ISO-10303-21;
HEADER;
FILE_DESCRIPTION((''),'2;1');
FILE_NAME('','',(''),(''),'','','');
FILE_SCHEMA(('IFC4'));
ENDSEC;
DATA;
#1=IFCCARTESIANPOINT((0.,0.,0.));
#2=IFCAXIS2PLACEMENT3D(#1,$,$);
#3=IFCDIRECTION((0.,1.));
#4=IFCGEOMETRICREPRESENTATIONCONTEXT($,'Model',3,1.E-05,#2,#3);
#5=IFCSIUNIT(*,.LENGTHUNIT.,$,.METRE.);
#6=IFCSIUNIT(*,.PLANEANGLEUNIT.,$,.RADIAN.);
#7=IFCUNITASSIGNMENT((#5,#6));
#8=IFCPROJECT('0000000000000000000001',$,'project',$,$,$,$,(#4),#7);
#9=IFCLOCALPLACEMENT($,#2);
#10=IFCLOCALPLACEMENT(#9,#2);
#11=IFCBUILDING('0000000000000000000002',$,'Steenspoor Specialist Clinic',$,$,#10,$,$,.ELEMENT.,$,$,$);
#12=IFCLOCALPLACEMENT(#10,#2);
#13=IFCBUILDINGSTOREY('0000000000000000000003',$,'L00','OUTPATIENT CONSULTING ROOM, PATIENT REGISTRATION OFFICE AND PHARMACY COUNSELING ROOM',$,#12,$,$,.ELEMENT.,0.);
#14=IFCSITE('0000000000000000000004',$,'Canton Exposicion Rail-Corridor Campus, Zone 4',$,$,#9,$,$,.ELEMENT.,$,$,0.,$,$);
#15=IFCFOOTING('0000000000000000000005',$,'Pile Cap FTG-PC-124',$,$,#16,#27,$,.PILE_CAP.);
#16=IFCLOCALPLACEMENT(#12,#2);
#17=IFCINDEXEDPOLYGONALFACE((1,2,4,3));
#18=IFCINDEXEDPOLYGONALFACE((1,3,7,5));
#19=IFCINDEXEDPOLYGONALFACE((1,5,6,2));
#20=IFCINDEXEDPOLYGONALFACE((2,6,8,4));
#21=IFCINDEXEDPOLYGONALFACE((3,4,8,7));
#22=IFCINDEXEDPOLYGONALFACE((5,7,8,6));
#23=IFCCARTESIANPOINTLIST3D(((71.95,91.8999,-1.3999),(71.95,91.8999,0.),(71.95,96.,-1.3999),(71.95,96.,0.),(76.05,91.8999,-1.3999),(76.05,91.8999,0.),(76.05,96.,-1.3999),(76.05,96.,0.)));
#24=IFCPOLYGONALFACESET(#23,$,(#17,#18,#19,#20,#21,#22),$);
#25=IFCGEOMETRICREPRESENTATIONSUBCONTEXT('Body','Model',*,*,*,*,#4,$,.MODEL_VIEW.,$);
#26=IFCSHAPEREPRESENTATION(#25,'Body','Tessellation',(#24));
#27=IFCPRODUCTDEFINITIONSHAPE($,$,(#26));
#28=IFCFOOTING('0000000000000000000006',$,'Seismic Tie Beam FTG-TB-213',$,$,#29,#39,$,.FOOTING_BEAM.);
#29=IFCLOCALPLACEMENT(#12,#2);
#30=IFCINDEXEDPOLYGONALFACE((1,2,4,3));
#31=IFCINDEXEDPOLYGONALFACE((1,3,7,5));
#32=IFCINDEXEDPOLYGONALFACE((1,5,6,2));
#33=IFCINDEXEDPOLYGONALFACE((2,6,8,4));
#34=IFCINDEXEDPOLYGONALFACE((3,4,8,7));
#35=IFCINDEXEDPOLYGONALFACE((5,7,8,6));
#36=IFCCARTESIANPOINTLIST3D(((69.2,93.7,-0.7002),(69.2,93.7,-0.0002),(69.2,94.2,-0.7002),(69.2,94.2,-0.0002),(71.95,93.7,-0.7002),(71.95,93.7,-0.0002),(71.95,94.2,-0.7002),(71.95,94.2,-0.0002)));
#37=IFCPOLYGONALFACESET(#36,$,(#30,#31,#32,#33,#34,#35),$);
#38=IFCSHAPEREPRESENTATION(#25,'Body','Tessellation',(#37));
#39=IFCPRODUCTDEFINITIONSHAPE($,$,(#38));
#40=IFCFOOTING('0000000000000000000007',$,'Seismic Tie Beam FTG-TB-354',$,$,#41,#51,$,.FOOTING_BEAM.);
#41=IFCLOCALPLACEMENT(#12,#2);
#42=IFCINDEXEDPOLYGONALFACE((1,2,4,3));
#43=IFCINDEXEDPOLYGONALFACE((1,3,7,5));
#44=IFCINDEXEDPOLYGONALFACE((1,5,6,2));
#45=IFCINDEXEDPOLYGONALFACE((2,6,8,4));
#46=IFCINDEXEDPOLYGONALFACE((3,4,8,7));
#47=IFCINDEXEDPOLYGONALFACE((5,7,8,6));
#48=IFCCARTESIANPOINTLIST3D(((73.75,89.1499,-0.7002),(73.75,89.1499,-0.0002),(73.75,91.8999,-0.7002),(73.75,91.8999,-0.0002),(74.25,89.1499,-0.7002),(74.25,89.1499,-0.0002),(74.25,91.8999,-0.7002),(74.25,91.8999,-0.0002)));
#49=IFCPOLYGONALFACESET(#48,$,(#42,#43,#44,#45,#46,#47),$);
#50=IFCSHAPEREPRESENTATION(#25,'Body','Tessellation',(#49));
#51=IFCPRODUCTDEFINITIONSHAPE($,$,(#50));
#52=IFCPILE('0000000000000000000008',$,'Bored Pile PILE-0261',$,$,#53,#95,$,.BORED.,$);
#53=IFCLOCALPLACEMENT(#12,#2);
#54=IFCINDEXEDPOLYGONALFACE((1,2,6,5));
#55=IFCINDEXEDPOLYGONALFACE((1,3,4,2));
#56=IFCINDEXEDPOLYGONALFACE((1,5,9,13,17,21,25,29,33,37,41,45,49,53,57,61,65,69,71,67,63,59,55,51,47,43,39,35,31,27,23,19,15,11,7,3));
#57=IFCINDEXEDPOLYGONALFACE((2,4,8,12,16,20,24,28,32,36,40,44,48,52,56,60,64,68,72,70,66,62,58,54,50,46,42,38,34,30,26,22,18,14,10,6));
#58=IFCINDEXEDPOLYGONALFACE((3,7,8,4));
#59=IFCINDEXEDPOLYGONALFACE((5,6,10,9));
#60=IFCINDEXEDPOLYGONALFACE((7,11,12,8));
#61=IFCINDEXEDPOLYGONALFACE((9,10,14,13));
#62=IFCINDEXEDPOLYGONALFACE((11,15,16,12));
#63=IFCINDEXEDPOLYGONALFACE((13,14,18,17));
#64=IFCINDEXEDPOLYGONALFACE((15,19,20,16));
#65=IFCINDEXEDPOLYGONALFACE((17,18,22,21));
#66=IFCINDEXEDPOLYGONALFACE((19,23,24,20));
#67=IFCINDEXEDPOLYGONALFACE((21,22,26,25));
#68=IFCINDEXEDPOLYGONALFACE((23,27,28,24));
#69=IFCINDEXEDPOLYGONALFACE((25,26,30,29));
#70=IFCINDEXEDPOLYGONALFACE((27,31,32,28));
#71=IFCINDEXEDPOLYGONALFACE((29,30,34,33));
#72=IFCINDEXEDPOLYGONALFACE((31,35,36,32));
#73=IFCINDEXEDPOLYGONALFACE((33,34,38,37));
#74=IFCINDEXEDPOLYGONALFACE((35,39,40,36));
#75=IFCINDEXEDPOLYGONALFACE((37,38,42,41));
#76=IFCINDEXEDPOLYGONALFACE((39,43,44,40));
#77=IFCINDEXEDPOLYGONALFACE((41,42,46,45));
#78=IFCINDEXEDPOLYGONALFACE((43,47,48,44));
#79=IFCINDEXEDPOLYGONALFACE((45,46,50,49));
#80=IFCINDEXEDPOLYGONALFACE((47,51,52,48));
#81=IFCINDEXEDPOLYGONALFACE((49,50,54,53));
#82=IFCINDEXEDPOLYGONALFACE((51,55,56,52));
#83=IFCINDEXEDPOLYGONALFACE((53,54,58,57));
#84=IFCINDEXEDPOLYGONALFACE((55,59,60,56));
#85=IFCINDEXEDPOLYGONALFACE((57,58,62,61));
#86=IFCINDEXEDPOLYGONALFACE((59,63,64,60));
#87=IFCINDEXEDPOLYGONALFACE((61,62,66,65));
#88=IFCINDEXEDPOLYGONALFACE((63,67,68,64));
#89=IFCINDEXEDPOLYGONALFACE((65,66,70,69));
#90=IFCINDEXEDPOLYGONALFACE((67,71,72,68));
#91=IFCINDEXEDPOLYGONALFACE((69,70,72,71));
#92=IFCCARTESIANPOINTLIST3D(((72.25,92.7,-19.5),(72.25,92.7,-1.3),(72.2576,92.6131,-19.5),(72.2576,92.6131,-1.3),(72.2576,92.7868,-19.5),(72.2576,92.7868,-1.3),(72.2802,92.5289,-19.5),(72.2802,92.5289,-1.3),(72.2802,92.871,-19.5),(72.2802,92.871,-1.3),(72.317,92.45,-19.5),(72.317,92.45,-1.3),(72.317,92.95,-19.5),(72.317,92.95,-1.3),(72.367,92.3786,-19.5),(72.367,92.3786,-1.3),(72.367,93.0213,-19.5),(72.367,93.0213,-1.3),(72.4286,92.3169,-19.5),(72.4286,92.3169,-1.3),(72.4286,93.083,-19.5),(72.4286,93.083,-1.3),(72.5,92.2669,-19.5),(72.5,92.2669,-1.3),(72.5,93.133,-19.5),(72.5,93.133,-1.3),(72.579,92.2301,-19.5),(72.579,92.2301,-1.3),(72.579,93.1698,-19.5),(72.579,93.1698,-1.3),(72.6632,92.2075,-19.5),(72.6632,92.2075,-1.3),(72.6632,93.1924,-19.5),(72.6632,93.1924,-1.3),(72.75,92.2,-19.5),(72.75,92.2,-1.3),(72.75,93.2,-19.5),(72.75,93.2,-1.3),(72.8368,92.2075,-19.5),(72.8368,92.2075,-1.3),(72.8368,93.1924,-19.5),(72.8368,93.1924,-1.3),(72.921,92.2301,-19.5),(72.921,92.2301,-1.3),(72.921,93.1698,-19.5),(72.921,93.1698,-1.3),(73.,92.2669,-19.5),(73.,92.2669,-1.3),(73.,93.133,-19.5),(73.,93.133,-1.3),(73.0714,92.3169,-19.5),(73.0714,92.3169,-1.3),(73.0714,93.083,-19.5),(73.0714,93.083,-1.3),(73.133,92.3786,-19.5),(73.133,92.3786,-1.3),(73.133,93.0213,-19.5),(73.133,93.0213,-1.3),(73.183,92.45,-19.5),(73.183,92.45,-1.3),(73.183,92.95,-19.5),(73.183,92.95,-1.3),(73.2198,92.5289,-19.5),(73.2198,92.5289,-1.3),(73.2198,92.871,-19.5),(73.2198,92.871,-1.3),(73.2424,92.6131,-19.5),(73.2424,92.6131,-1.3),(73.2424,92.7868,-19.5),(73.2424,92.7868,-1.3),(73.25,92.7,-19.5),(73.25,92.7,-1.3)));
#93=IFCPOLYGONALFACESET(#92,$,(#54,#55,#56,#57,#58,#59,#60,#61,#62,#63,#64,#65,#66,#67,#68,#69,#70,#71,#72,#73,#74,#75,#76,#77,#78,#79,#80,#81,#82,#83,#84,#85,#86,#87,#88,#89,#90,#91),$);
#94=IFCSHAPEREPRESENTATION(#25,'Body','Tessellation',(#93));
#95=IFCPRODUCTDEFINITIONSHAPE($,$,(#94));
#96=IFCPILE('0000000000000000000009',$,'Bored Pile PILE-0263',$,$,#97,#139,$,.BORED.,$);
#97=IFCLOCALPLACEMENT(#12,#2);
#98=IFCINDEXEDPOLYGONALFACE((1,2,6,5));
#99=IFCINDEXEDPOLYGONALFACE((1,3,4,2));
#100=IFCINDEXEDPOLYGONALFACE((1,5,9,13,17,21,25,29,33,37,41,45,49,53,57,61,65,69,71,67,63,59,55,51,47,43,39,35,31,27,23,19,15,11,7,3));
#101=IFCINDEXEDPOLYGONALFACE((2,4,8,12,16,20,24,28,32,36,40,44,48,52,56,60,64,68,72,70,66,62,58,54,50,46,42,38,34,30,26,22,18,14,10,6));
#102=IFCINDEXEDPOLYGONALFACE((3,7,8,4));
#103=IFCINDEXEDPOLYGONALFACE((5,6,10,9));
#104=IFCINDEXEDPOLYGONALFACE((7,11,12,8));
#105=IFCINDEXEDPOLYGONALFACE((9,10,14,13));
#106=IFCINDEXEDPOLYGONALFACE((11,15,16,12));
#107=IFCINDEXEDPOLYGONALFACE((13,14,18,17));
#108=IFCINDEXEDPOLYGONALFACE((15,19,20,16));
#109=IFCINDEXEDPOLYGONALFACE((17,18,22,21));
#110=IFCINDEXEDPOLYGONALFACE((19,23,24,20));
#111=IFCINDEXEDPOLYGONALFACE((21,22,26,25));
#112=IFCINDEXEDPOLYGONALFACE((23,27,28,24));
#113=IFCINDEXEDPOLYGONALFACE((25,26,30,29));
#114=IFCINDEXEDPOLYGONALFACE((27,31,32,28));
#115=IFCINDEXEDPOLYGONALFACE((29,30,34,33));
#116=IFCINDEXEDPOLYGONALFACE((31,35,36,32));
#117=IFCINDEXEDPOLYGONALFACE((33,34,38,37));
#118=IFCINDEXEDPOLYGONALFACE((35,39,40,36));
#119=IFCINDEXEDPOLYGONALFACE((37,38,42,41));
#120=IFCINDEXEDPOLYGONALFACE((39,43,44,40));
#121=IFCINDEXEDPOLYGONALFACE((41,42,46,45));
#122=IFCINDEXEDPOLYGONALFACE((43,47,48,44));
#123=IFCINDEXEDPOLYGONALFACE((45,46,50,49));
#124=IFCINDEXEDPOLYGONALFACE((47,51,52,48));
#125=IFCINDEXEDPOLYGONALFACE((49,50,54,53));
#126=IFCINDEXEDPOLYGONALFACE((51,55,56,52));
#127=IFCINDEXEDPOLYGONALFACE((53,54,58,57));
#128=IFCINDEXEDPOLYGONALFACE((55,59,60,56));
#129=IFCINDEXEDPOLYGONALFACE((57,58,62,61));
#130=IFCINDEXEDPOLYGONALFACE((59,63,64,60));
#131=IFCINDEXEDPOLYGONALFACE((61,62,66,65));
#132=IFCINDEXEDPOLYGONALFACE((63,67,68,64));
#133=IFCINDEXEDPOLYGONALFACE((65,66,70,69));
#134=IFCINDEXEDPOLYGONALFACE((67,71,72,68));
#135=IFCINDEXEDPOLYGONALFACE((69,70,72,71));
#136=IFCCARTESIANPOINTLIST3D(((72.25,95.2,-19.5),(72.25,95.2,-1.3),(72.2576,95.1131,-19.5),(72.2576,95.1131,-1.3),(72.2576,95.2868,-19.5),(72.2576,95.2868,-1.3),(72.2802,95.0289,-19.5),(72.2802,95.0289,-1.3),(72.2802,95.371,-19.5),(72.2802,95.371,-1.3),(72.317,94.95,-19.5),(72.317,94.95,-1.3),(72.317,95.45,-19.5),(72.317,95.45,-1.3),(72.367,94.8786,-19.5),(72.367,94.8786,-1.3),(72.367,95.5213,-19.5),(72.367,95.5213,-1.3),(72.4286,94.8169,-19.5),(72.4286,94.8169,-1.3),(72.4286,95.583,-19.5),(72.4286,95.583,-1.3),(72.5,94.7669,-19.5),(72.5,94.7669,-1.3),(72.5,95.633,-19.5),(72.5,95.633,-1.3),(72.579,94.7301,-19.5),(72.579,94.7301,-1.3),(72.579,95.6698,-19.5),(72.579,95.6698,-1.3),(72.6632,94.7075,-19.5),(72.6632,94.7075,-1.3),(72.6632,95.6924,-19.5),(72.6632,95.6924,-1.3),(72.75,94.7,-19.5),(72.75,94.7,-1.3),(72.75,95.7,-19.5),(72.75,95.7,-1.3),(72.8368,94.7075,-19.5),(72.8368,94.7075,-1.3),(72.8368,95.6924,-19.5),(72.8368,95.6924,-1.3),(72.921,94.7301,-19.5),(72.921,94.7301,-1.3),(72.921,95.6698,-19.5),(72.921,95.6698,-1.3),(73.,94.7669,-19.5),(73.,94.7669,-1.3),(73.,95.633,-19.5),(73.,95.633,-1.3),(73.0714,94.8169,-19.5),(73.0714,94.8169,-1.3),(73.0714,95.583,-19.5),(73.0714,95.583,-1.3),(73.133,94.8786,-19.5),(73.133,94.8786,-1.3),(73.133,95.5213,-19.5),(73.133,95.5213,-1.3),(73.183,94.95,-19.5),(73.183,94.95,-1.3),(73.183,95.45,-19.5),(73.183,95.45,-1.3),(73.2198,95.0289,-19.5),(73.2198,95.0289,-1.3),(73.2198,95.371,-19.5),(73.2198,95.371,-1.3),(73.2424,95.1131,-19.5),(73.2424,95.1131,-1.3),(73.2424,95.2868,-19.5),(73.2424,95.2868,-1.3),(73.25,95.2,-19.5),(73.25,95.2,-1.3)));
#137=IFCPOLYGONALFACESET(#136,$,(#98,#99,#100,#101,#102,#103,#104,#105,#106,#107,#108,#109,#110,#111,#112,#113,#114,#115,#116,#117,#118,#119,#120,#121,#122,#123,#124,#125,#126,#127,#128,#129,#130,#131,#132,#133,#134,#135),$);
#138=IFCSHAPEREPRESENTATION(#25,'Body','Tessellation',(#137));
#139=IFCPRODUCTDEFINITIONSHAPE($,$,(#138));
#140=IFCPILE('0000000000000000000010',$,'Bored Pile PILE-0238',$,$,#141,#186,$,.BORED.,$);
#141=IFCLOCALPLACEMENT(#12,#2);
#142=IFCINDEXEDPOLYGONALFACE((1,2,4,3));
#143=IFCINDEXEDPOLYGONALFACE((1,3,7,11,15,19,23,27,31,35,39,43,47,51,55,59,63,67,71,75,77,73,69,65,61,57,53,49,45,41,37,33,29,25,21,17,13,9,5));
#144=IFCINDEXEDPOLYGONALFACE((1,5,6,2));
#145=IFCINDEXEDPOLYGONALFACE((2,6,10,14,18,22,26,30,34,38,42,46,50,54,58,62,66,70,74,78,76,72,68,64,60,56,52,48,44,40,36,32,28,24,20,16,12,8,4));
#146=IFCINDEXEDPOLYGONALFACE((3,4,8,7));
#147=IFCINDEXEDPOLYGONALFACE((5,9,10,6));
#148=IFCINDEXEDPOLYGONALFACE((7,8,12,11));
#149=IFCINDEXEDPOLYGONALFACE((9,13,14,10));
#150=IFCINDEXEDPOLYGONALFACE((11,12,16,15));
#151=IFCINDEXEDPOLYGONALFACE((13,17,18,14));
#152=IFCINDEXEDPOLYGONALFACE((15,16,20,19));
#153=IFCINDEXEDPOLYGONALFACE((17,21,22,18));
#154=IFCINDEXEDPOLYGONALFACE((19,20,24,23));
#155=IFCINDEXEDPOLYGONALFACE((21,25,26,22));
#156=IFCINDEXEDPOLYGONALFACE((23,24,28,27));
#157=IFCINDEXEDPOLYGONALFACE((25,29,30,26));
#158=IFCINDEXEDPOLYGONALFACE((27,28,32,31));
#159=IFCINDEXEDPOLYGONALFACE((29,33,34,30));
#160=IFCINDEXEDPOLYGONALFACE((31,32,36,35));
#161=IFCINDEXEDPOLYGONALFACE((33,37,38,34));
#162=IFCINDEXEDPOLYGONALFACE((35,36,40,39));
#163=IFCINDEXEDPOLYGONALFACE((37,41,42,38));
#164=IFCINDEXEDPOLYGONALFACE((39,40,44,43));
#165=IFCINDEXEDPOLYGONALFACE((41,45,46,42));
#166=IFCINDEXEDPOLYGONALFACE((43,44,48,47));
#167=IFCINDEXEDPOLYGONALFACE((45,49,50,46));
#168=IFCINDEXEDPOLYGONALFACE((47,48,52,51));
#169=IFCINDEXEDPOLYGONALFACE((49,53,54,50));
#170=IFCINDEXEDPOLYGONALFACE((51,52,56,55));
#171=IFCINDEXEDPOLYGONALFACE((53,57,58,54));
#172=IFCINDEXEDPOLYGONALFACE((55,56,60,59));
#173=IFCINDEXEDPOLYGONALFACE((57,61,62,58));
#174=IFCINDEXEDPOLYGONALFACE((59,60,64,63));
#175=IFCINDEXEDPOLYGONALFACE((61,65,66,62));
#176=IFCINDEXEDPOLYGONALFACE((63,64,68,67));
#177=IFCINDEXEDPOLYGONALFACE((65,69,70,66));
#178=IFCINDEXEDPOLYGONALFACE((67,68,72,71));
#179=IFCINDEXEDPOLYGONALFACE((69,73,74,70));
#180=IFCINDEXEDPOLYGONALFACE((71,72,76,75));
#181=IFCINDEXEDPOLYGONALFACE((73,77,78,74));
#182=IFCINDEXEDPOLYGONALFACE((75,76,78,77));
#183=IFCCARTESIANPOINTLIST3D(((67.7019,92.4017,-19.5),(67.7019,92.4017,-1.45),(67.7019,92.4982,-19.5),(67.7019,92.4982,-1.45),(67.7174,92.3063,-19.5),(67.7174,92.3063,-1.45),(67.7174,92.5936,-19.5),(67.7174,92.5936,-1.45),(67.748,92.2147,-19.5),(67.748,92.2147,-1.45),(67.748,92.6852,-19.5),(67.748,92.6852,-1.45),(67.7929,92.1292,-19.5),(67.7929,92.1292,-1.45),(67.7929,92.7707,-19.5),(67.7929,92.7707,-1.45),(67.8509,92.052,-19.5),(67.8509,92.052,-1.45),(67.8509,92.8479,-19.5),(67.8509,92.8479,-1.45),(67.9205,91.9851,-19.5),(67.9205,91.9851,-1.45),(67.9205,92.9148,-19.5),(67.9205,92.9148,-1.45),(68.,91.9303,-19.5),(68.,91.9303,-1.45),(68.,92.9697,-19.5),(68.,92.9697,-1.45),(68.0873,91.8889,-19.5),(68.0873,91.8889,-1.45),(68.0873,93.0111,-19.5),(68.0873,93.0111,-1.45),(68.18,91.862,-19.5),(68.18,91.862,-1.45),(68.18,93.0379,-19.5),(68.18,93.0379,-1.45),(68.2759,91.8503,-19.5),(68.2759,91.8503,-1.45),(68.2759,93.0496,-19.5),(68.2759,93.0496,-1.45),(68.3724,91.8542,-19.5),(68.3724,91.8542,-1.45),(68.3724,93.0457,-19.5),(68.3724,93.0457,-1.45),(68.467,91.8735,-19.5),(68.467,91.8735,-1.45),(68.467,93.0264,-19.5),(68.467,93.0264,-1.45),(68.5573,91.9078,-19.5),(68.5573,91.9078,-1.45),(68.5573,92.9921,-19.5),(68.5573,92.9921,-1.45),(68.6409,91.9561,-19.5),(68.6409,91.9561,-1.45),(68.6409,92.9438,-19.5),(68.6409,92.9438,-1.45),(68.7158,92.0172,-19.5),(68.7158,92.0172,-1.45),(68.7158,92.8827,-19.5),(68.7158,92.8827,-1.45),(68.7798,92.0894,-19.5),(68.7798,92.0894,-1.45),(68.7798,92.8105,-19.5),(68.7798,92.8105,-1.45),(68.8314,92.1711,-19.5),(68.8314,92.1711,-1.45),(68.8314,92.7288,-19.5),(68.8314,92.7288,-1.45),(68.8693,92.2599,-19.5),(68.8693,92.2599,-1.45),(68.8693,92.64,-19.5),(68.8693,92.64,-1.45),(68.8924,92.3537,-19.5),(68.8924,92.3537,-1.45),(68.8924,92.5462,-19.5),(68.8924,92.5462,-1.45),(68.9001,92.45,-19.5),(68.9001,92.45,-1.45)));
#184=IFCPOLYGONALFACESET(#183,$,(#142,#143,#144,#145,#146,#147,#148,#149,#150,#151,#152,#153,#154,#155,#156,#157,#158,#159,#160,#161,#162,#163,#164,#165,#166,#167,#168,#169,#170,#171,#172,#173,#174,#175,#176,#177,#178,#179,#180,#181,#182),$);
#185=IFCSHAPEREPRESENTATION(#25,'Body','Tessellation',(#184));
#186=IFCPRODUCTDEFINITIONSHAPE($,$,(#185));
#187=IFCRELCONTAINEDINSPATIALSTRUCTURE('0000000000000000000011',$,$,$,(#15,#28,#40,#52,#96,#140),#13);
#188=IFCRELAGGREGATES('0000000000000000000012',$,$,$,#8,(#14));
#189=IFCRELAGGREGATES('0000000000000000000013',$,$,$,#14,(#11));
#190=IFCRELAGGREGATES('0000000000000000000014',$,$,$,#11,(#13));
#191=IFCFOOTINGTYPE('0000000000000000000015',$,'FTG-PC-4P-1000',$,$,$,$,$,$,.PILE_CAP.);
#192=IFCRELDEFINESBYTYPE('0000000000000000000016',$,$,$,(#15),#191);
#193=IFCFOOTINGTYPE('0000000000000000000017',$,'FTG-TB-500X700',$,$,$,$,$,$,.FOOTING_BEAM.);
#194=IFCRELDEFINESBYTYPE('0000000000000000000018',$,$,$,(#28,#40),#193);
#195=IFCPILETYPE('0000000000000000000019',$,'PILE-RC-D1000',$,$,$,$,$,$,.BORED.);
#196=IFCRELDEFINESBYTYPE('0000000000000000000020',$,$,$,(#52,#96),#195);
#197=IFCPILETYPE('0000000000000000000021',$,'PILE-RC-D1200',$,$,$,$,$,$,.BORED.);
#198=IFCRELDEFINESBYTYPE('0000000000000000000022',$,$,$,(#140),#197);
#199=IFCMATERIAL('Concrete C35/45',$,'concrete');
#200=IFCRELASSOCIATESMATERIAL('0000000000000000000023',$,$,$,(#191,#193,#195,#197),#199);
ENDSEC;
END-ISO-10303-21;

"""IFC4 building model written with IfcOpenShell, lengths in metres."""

from ifc_helpers import new_model, si_unit, direction, frame, origin, origin_2d, place, context, subcontext, project, spatial, rectangle, circle, extrude, material, material_profile, profile_set, type_object, element, save


model = new_model("IFC4")

# Units and contexts
model_context = context("Model", 3, precision=1e-05, world=origin(), true_north=direction((0.0, 1.0)))
body_context = subcontext(model_context, "Body", "Model", "MODEL_VIEW")
ifc_project = project(units=[si_unit("LENGTHUNIT", "METRE"), si_unit("PLANEANGLEUNIT", "RADIAN")], contexts=[model_context])

# Site, building, storey
site_placement = place(None, origin())
site = spatial("IfcSite", under=ifc_project, at=site_placement, Name="Canton Exposicion Rail-Corridor Campus, Zone 4", CompositionType="ELEMENT", RefElevation=0.0)
building_placement = place(site_placement, origin())
building = spatial("IfcBuilding", under=site, at=building_placement, Name="Steenspoor Specialist Clinic", CompositionType="ELEMENT")
storey_placement = place(building_placement, origin())
storey = spatial("IfcBuildingStorey", under=building, at=storey_placement, Name="L00", Description="OUTPATIENT CONSULTING ROOM, PATIENT REGISTRATION OFFICE AND PHARMACY COUNSELING ROOM", CompositionType="ELEMENT", Elevation=0.0)

# Footings
ifc_material_1 = material(Name="Concrete C35/45", Category="concrete")
footing_type_1 = type_object("IfcFootingType", Name="FTG-PC-4P-1000", PredefinedType="PILE_CAP", material=ifc_material_1)
footing_1_placement = place(storey_placement, frame((74.0, 93.95, -1.3999), z_axis=(0.0, 0.0, 1.0), x_axis=(1.0, 0.0, 0.0)))
element("IfcFooting", 1, at=footing_1_placement, inside=storey, type_object=footing_type_1, Name="Pile Cap FTG-PC-124", PredefinedType="PILE_CAP", context=body_context, shape_type="SweptSolid", body=[
    extrude(rectangle(XDim=4.1001, YDim=4.1001, at=origin_2d()), origin(), (0.0, 0.0, 1.0), 1.3999),
])
footing_type_2 = type_object("IfcFootingType", Name="FTG-TB-500X700", PredefinedType="FOOTING_BEAM", material=ifc_material_1)
footing_2_placement = place(storey_placement, frame((70.575, 93.95, -0.7002), z_axis=(0.0, 0.0, 1.0), x_axis=(1.0, 0.0, 0.0)))
element("IfcFooting", 2, at=footing_2_placement, inside=storey, type_object=footing_type_2, Name="Seismic Tie Beam FTG-TB-213", PredefinedType="FOOTING_BEAM", context=body_context, shape_type="SweptSolid", body=[
    extrude(rectangle(XDim=2.75, YDim=0.5, at=origin_2d()), origin(), (0.0, 0.0, 1.0), 0.7),
])
footing_3_placement = place(storey_placement, frame((74.0, 90.5249, -0.7002), z_axis=(0.0, 0.0, 1.0), x_axis=(1.0, 0.0, 0.0)))
element("IfcFooting", 3, at=footing_3_placement, inside=storey, type_object=footing_type_2, Name="Seismic Tie Beam FTG-TB-354", PredefinedType="FOOTING_BEAM", context=body_context, shape_type="SweptSolid", body=[
    extrude(rectangle(XDim=0.5, YDim=2.75, at=origin_2d()), origin(), (0.0, 0.0, 1.0), 0.7),
])

# Piles
ifc_material_profile_1 = material_profile(ifc_material_1, circle(Radius=0.5, at=origin_2d()), Name="PILE-D1000")
ifc_profile_set_1 = profile_set([ifc_material_profile_1], Name="Concrete C35/45")
pile_type_1 = type_object("IfcPileType", Name="PILE-RC-D1000", PredefinedType="BORED", material=ifc_profile_set_1)
for number, where, z_axis, x_axis, name in (
    (4, (72.75, 92.7, -1.3), (0.0, 0.0, -1.0), (1.0, 0.0, 0.0), "Bored Pile PILE-0261"),
    (5, (72.75, 95.2, -1.3), (0.0, 0.0, -1.0), (1.0, 0.0, 0.0), "Bored Pile PILE-0263"),
):
    element("IfcPile", number, at=place(storey_placement, frame(where, z_axis=z_axis, x_axis=x_axis)), inside=storey, type_object=pile_type_1, Name=name, PredefinedType="BORED", context=body_context, shape_type="SweptSolid", body=[
        extrude(circle(Radius=0.5, at=origin_2d()), origin(), (0.0, 0.0, 1.0), 18.2),
    ])
ifc_material_profile_2 = material_profile(ifc_material_1, circle(Radius=0.6001, at=origin_2d()), Name="PILE-D1200")
ifc_profile_set_2 = profile_set([ifc_material_profile_2], Name="Concrete C35/45")
pile_type_2 = type_object("IfcPileType", Name="PILE-RC-D1200", PredefinedType="BORED", material=ifc_profile_set_2)
for number, where, z_axis, x_axis, name in (
    (6, (68.3, 92.45, -1.45), (0.0, 0.0, -1.0), (1.0, 0.0, 0.0), "Bored Pile PILE-0238"),
):
    element("IfcPile", number, at=place(storey_placement, frame(where, z_axis=z_axis, x_axis=x_axis)), inside=storey, type_object=pile_type_2, Name=name, PredefinedType="BORED", context=body_context, shape_type="SweptSolid", body=[
        extrude(circle(Radius=0.6001, at=origin_2d()), origin(), (0.0, 0.0, 1.0), 18.05),
    ])

save(model, "model.ifc")
